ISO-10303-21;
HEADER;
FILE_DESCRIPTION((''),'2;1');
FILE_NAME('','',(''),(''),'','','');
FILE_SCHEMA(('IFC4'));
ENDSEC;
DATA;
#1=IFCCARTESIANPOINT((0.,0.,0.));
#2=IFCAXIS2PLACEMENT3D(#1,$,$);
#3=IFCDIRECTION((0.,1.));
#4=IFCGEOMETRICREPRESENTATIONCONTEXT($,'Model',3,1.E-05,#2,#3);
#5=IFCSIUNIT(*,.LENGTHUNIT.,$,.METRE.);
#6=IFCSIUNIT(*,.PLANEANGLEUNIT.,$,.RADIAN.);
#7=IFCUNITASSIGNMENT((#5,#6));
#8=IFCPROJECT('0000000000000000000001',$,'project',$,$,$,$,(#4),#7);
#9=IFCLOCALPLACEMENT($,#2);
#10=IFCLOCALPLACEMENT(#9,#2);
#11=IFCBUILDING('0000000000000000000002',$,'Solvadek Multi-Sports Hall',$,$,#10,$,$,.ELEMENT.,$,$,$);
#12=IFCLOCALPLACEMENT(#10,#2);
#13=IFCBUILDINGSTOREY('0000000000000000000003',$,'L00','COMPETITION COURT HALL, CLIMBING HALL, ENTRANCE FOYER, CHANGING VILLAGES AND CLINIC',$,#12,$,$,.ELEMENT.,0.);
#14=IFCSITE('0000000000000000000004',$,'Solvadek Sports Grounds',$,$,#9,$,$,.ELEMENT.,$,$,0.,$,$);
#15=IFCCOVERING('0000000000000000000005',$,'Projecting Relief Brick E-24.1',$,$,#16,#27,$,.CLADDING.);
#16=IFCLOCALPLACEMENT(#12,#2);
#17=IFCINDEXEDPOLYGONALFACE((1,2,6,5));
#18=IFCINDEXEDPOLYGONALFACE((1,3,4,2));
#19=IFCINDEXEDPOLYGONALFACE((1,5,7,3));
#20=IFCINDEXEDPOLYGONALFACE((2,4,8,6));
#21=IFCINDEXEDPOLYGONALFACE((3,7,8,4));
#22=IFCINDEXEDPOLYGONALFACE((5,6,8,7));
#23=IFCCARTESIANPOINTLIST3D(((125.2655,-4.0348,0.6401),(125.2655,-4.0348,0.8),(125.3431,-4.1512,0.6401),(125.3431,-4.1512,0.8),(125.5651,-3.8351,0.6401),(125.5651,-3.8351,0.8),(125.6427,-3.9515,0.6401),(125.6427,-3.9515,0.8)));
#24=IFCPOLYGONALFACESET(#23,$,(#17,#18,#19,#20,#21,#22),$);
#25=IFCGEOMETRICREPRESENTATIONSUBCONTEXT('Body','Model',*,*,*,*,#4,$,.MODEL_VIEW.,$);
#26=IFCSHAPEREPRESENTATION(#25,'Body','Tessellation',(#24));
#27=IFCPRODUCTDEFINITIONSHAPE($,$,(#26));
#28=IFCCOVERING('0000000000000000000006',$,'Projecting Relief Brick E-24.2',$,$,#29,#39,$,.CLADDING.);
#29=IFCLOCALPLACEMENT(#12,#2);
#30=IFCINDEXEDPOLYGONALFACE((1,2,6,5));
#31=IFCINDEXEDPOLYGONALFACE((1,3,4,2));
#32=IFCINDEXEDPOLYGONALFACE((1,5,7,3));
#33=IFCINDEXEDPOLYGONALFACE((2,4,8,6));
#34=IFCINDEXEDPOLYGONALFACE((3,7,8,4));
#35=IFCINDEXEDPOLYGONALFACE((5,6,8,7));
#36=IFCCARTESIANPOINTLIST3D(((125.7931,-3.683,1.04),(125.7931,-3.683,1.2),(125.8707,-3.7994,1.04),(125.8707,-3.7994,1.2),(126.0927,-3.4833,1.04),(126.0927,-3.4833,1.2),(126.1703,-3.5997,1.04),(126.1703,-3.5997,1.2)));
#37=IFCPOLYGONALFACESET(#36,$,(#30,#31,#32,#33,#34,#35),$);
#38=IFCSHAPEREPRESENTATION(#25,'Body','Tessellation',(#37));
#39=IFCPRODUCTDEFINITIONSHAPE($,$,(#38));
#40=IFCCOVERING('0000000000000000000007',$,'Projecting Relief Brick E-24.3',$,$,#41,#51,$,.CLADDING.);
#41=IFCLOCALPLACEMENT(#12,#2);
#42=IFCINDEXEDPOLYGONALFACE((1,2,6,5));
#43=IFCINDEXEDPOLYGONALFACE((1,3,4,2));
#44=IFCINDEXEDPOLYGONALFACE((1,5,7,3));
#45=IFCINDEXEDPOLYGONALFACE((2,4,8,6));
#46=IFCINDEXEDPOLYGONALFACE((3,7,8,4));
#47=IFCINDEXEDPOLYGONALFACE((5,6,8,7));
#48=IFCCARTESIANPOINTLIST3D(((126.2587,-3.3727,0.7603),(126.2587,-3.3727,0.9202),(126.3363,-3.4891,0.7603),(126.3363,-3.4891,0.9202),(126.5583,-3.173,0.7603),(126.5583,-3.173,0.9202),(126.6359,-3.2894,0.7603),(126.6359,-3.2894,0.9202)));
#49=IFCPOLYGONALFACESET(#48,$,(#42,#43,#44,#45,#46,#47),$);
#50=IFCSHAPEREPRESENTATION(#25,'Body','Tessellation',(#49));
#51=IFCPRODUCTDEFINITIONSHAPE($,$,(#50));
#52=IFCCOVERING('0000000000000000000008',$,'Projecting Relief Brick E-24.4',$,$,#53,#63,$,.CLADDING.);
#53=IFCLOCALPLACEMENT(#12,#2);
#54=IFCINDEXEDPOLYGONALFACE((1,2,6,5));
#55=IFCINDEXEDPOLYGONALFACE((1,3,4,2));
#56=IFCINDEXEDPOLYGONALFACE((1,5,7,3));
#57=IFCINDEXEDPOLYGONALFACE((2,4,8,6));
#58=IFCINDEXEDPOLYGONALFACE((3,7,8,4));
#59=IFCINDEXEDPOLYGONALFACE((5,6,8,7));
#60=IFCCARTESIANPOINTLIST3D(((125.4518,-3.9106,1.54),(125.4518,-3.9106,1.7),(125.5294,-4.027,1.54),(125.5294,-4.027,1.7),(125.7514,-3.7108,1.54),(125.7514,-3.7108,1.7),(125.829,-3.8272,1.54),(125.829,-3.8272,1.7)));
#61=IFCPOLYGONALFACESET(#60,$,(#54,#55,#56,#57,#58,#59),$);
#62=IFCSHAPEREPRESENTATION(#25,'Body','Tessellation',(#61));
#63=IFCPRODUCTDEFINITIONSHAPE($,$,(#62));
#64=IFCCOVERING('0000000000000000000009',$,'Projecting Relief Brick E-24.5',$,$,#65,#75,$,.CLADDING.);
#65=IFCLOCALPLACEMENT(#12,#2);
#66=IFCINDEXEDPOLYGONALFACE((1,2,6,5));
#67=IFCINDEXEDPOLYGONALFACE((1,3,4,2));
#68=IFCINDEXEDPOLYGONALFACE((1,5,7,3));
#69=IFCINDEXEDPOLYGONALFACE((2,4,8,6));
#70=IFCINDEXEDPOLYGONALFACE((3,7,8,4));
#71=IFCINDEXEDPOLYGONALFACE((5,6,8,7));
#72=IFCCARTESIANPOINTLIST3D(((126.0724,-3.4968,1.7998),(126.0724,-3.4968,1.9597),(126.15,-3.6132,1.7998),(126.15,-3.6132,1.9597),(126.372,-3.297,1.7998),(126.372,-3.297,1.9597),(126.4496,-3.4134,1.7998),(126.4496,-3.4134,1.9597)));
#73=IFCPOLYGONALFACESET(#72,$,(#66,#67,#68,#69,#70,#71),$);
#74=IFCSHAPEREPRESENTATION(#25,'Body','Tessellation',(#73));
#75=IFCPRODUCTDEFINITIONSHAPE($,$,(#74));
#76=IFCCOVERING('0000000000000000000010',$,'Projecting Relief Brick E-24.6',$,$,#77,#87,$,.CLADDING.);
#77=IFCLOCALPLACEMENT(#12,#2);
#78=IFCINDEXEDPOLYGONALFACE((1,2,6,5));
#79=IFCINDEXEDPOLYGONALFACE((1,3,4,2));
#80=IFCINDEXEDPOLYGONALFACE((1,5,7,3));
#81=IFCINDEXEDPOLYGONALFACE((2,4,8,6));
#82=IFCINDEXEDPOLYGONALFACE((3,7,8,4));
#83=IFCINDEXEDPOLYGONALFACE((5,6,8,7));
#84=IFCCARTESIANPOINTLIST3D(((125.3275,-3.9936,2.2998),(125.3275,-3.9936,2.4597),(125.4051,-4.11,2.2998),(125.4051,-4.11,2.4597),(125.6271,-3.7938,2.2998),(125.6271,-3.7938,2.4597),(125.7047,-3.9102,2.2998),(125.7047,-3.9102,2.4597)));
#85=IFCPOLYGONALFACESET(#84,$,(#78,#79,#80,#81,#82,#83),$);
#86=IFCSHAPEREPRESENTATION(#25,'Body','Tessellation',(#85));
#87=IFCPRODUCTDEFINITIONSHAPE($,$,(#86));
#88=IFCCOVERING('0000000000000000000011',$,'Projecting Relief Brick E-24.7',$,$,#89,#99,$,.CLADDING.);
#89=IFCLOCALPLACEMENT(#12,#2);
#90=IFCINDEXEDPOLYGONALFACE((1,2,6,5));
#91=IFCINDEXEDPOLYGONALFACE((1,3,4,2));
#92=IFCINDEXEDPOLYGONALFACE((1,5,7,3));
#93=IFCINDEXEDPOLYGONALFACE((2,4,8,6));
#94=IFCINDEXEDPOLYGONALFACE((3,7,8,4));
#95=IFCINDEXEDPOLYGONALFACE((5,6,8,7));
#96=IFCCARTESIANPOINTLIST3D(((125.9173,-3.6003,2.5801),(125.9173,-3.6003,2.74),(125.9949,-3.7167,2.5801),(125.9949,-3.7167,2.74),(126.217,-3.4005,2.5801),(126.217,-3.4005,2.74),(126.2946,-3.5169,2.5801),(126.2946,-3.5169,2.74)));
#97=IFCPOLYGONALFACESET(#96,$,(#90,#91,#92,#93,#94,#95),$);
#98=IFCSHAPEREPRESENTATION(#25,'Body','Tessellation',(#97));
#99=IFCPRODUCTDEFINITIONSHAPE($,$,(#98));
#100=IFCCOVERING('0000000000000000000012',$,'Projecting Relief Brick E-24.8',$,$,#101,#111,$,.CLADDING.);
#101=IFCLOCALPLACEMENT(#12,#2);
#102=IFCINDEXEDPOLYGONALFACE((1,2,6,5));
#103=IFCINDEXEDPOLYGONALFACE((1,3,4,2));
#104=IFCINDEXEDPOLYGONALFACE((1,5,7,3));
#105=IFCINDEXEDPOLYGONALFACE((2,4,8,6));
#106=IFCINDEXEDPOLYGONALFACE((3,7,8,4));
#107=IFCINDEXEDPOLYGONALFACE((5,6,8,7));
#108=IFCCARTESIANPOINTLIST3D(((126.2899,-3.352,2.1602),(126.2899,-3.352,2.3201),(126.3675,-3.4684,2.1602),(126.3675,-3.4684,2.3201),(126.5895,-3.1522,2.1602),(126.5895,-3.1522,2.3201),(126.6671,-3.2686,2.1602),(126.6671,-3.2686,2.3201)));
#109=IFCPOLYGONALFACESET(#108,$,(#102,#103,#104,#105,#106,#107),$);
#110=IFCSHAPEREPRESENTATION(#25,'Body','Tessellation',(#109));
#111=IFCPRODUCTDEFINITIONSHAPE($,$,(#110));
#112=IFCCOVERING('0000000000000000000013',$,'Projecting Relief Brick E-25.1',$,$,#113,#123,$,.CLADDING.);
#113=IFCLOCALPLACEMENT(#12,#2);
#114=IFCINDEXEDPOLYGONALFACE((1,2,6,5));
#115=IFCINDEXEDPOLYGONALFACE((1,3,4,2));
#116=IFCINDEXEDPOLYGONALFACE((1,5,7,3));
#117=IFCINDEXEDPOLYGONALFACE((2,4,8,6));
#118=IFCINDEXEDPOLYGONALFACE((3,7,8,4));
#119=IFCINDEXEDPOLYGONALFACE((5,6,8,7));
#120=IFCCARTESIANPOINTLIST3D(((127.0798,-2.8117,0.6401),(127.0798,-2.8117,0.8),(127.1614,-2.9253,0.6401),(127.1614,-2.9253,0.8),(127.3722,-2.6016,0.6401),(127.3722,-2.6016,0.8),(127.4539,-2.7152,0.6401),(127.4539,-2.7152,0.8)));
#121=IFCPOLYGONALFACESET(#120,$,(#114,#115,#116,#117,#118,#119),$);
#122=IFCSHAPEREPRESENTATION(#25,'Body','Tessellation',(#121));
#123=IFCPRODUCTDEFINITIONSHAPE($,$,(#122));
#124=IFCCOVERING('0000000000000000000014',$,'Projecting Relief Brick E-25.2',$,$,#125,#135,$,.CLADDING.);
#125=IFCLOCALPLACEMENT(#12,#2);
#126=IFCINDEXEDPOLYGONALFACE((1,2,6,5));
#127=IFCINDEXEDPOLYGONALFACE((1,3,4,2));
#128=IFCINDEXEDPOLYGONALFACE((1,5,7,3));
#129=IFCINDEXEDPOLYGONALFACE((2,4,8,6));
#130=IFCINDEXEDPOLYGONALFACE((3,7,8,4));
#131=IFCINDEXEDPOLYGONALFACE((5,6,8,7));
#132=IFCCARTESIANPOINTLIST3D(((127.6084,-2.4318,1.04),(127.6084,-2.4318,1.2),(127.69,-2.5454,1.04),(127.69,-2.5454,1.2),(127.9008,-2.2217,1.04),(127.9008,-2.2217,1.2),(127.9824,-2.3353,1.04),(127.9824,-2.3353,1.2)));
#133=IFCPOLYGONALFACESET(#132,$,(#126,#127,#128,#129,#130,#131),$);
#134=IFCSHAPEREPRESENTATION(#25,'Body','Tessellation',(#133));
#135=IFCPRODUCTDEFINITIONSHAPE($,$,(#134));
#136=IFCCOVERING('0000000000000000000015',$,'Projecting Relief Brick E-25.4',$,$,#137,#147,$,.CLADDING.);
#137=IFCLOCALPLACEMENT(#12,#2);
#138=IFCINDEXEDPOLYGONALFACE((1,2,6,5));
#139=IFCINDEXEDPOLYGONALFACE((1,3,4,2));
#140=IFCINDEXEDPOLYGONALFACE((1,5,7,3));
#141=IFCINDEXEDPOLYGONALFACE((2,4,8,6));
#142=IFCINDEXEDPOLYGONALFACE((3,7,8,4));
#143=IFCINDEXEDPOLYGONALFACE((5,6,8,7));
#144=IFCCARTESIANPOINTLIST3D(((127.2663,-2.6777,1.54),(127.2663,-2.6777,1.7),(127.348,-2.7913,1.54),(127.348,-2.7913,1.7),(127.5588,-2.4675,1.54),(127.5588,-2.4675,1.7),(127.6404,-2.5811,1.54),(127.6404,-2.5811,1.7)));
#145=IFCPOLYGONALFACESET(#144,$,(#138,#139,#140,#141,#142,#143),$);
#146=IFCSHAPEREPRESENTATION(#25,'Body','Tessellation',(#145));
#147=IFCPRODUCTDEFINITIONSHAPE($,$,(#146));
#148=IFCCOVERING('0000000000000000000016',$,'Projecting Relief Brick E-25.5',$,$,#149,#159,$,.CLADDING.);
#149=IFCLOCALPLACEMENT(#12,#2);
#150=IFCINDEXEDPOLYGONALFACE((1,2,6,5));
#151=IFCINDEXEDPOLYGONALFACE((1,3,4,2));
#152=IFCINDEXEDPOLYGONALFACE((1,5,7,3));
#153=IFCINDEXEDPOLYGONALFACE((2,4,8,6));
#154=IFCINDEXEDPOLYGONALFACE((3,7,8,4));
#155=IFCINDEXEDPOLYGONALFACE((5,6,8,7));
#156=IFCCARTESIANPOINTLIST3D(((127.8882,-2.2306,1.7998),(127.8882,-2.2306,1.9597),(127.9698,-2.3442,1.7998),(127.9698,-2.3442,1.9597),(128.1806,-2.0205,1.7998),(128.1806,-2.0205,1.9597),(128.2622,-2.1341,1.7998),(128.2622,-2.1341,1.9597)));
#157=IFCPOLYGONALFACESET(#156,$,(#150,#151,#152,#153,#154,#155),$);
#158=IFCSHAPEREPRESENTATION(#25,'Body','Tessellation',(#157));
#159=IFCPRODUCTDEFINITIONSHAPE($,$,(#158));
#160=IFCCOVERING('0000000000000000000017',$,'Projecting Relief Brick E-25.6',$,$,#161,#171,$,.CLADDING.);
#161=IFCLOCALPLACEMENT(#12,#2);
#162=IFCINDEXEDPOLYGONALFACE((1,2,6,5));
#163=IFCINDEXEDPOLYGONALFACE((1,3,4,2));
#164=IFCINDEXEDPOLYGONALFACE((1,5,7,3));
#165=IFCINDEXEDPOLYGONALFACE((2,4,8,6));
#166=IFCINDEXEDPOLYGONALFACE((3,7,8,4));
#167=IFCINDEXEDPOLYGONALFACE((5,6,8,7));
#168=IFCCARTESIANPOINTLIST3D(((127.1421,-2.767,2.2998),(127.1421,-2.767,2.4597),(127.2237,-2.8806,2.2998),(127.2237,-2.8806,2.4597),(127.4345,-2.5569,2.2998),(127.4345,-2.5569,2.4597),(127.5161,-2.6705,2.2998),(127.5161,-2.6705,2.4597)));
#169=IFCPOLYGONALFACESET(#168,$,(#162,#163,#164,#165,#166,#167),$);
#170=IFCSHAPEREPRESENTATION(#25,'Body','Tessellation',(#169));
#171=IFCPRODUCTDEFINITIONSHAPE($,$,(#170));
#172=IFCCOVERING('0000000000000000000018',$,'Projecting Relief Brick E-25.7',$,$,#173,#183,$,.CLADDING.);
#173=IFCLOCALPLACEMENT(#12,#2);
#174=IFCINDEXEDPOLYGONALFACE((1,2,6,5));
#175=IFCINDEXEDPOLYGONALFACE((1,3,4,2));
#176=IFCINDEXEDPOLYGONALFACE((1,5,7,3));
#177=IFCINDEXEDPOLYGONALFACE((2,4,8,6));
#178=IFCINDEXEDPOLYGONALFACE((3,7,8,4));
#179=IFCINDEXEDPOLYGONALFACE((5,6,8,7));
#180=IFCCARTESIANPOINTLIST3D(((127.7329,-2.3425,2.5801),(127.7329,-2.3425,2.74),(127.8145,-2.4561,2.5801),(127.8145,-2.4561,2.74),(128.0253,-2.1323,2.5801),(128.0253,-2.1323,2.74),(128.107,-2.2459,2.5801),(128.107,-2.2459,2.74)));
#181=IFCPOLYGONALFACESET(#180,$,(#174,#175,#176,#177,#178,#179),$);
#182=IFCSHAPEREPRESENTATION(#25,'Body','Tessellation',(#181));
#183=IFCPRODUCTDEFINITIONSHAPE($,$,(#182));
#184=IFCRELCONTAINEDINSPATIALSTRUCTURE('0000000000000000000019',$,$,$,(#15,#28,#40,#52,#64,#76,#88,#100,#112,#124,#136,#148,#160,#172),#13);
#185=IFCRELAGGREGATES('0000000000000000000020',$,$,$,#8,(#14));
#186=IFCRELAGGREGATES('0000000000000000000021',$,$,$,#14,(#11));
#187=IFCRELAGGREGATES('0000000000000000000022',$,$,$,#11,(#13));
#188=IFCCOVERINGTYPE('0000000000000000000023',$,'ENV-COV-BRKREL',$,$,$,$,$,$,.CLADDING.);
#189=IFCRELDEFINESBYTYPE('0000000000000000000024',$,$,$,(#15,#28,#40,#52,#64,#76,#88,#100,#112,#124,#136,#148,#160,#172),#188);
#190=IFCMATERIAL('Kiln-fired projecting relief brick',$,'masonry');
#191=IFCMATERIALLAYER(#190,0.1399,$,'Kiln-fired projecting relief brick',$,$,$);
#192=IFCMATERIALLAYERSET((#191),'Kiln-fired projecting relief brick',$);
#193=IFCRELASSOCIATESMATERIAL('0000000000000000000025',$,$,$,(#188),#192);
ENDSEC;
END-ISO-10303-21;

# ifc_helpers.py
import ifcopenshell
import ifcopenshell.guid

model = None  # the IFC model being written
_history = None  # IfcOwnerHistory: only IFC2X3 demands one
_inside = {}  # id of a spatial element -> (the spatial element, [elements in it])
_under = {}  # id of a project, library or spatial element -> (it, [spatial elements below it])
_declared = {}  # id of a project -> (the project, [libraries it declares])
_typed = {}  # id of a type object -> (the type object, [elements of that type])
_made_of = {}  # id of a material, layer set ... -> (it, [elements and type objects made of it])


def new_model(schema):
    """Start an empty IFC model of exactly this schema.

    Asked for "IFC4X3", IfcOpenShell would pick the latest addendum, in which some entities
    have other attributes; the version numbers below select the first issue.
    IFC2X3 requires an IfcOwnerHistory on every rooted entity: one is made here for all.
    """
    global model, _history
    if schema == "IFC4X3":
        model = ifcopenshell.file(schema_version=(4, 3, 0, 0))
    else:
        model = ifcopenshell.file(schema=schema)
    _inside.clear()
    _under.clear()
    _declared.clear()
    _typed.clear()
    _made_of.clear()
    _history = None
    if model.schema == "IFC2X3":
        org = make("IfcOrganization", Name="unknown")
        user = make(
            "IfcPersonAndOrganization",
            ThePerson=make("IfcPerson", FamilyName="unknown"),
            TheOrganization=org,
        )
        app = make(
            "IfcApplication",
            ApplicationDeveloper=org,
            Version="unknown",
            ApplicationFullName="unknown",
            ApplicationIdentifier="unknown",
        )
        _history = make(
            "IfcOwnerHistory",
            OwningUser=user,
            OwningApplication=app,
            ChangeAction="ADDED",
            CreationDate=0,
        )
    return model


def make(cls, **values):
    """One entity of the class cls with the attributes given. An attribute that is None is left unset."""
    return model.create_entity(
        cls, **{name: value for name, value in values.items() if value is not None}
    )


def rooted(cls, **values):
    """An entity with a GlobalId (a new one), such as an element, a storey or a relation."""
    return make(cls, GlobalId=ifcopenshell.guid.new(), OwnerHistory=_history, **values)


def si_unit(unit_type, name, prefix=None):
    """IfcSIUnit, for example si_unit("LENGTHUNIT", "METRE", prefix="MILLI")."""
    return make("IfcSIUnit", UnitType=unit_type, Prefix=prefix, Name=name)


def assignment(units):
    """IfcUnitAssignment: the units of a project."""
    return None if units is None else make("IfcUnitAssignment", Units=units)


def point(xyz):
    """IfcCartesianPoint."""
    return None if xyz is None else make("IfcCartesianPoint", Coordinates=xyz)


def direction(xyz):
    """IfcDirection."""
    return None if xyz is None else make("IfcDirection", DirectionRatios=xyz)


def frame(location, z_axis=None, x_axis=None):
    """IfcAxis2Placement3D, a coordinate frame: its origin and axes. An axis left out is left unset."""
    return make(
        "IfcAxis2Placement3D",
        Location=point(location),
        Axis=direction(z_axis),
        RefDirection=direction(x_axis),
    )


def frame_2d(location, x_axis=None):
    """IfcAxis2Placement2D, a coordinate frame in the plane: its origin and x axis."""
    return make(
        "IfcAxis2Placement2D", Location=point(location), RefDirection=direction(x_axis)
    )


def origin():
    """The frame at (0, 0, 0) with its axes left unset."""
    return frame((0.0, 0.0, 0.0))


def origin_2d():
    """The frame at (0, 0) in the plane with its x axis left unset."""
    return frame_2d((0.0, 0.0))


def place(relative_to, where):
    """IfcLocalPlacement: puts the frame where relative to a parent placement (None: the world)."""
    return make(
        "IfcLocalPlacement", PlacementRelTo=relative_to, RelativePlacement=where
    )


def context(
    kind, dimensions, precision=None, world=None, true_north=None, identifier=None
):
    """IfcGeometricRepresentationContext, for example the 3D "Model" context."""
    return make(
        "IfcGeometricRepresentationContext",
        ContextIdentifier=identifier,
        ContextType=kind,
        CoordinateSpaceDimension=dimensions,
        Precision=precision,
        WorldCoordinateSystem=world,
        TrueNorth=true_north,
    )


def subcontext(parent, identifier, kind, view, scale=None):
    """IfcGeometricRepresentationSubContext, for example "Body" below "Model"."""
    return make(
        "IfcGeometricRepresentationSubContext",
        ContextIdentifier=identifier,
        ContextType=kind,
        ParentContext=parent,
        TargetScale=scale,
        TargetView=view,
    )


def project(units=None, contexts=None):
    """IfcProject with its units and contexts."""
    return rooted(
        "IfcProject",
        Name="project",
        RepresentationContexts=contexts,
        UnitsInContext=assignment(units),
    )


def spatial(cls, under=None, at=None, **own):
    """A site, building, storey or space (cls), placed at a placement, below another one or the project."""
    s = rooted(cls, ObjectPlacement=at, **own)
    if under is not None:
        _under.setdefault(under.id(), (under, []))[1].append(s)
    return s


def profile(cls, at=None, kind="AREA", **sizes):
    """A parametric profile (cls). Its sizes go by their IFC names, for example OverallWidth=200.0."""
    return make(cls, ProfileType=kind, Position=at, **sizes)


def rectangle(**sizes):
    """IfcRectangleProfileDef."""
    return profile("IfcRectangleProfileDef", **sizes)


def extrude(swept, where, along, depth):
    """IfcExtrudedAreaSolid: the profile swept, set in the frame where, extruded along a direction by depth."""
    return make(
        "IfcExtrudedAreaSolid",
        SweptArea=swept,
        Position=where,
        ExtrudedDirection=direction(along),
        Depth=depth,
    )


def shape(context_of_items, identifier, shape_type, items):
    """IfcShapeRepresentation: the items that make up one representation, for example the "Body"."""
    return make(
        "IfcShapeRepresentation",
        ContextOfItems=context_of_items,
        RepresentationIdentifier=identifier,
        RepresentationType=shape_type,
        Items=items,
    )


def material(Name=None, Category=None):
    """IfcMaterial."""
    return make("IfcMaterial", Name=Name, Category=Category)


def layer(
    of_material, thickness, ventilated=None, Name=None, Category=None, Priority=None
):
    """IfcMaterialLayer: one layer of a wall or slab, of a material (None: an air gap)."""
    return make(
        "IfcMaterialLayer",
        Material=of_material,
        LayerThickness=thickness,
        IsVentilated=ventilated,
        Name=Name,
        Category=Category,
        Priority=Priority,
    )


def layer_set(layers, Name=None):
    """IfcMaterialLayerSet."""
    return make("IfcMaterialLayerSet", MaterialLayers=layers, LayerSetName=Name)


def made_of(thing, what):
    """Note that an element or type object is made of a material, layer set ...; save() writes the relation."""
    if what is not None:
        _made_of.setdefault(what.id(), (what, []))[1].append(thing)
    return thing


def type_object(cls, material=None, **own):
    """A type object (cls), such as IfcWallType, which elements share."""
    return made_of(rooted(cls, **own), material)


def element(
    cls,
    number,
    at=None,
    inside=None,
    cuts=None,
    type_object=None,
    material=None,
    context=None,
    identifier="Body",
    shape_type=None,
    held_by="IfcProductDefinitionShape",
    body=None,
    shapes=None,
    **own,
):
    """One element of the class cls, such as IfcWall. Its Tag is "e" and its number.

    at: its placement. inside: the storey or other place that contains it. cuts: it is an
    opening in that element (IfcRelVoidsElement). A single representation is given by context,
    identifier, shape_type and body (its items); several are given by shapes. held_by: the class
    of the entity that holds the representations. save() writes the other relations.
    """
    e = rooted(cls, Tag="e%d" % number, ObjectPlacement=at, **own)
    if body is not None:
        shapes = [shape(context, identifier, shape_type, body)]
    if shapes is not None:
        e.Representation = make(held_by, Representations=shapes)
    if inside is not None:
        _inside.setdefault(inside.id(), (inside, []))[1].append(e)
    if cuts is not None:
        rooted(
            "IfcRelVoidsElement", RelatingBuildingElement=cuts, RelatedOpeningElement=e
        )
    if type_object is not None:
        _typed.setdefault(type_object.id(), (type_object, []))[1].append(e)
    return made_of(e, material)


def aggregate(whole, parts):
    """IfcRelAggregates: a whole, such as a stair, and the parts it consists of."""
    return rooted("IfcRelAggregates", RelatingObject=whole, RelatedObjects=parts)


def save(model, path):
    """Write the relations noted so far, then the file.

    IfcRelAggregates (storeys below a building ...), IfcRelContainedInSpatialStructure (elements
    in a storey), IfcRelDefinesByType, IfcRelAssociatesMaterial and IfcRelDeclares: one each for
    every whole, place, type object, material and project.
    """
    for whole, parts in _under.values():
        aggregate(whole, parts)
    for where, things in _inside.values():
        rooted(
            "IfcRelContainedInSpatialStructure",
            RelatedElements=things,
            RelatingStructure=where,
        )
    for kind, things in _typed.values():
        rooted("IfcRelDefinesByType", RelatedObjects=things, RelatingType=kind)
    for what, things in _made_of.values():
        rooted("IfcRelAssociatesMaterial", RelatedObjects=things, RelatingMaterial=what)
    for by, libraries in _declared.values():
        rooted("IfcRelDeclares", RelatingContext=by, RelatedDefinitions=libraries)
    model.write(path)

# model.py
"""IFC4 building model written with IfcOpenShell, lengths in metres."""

from ifc_helpers import new_model, si_unit, direction, frame, origin, origin_2d, place, context, subcontext, project, spatial, rectangle, extrude, material, layer, layer_set, type_object, element, save


model = new_model("IFC4")

# Units and contexts
model_context = context("Model", 3, precision=1e-05, world=origin(), true_north=direction((0.0, 1.0)))
body_context = subcontext(model_context, "Body", "Model", "MODEL_VIEW")
ifc_project = project(units=[si_unit("LENGTHUNIT", "METRE"), si_unit("PLANEANGLEUNIT", "RADIAN")], contexts=[model_context])

# Site, building, storey
site_placement = place(None, origin())
site = spatial("IfcSite", under=ifc_project, at=site_placement, Name="Solvadek Sports Grounds", CompositionType="ELEMENT", RefElevation=0.0)
building_placement = place(site_placement, origin())
building = spatial("IfcBuilding", under=site, at=building_placement, Name="Solvadek Multi-Sports Hall", CompositionType="ELEMENT")
storey_placement = place(building_placement, origin())
storey = spatial("IfcBuildingStorey", under=building, at=storey_placement, Name="L00", Description="COMPETITION COURT HALL, CLIMBING HALL, ENTRANCE FOYER, CHANGING VILLAGES AND CLINIC", CompositionType="ELEMENT", Elevation=0.0)

# Coverings
ifc_material_1 = material(Name="Kiln-fired projecting relief brick", Category="masonry")
ifc_layer_1 = layer(ifc_material_1, 0.1399, Name="Kiln-fired projecting relief brick")
ifc_layer_set_1 = layer_set([ifc_layer_1], Name="Kiln-fired projecting relief brick")
covering_type = type_object("IfcCoveringType", Name="ENV-COV-BRKREL", PredefinedType="CLADDING", material=ifc_layer_set_1)
for number, where, z_axis, x_axis, name in (
    (1, (125.4541, -3.9932, 0.6401), (0.0, 0.0, 1.0), (0.832027, 0.554734, 0.0), "Projecting Relief Brick E-24.1"),
    (2, (125.9817, -3.6414, 1.04), (0.0, 0.0, 1.0), (0.832027, 0.554734, 0.0), "Projecting Relief Brick E-24.2"),
    (3, (126.4473, -3.3311, 0.7603), (0.0, 0.0, 1.0), (0.832027, 0.554734, 0.0), "Projecting Relief Brick E-24.3"),
    (4, (125.6404, -3.8689, 1.54), (0.0, 0.0, 1.0), (0.832027, 0.554734, 0.0), "Projecting Relief Brick E-24.4"),
    (5, (126.261, -3.4551, 1.7998), (0.0, 0.0, 1.0), (0.832027, 0.554734, 0.0), "Projecting Relief Brick E-24.5"),
    (6, (125.5161, -3.9519, 2.2998), (0.0, 0.0, 1.0), (0.832027, 0.554734, 0.0), "Projecting Relief Brick E-24.6"),
    (7, (126.106, -3.5586, 2.5801), (0.0, 0.0, 1.0), (0.832027, 0.554734, 0.0), "Projecting Relief Brick E-24.7"),
    (8, (126.4785, -3.3103, 2.1602), (0.0, 0.0, 1.0), (0.832027, 0.554734, 0.0), "Projecting Relief Brick E-24.8"),
    (9, (127.2668, -2.7634, 0.6401), (0.0, 0.0, 1.0), (0.812061, 0.583572, 0.0), "Projecting Relief Brick E-25.1"),
    (10, (127.7954, -2.3835, 1.04), (0.0, 0.0, 1.0), (0.812061, 0.583572, 0.0), "Projecting Relief Brick E-25.2"),
    (11, (127.4534, -2.6294, 1.54), (0.0, 0.0, 1.0), (0.812061, 0.583572, 0.0), "Projecting Relief Brick E-25.4"),
    (12, (128.0752, -2.1824, 1.7998), (0.0, 0.0, 1.0), (0.812061, 0.583572, 0.0), "Projecting Relief Brick E-25.5"),
    (13, (127.3291, -2.7188, 2.2998), (0.0, 0.0, 1.0), (0.812061, 0.583572, 0.0), "Projecting Relief Brick E-25.6"),
    (14, (127.9199, -2.2942, 2.5801), (0.0, 0.0, 1.0), (0.812061, 0.583572, 0.0), "Projecting Relief Brick E-25.7"),
):
    element("IfcCovering", number, at=place(storey_placement, frame(where, z_axis=z_axis, x_axis=x_axis)), inside=storey, type_object=covering_type, Name=name, PredefinedType="CLADDING", context=body_context, shape_type="SweptSolid", body=[
        extrude(rectangle(XDim=0.3601, YDim=0.1399, at=origin_2d()), origin(), (0.0, 0.0, 1.0), 0.1599),
    ])

save(model, "model.ifc")
